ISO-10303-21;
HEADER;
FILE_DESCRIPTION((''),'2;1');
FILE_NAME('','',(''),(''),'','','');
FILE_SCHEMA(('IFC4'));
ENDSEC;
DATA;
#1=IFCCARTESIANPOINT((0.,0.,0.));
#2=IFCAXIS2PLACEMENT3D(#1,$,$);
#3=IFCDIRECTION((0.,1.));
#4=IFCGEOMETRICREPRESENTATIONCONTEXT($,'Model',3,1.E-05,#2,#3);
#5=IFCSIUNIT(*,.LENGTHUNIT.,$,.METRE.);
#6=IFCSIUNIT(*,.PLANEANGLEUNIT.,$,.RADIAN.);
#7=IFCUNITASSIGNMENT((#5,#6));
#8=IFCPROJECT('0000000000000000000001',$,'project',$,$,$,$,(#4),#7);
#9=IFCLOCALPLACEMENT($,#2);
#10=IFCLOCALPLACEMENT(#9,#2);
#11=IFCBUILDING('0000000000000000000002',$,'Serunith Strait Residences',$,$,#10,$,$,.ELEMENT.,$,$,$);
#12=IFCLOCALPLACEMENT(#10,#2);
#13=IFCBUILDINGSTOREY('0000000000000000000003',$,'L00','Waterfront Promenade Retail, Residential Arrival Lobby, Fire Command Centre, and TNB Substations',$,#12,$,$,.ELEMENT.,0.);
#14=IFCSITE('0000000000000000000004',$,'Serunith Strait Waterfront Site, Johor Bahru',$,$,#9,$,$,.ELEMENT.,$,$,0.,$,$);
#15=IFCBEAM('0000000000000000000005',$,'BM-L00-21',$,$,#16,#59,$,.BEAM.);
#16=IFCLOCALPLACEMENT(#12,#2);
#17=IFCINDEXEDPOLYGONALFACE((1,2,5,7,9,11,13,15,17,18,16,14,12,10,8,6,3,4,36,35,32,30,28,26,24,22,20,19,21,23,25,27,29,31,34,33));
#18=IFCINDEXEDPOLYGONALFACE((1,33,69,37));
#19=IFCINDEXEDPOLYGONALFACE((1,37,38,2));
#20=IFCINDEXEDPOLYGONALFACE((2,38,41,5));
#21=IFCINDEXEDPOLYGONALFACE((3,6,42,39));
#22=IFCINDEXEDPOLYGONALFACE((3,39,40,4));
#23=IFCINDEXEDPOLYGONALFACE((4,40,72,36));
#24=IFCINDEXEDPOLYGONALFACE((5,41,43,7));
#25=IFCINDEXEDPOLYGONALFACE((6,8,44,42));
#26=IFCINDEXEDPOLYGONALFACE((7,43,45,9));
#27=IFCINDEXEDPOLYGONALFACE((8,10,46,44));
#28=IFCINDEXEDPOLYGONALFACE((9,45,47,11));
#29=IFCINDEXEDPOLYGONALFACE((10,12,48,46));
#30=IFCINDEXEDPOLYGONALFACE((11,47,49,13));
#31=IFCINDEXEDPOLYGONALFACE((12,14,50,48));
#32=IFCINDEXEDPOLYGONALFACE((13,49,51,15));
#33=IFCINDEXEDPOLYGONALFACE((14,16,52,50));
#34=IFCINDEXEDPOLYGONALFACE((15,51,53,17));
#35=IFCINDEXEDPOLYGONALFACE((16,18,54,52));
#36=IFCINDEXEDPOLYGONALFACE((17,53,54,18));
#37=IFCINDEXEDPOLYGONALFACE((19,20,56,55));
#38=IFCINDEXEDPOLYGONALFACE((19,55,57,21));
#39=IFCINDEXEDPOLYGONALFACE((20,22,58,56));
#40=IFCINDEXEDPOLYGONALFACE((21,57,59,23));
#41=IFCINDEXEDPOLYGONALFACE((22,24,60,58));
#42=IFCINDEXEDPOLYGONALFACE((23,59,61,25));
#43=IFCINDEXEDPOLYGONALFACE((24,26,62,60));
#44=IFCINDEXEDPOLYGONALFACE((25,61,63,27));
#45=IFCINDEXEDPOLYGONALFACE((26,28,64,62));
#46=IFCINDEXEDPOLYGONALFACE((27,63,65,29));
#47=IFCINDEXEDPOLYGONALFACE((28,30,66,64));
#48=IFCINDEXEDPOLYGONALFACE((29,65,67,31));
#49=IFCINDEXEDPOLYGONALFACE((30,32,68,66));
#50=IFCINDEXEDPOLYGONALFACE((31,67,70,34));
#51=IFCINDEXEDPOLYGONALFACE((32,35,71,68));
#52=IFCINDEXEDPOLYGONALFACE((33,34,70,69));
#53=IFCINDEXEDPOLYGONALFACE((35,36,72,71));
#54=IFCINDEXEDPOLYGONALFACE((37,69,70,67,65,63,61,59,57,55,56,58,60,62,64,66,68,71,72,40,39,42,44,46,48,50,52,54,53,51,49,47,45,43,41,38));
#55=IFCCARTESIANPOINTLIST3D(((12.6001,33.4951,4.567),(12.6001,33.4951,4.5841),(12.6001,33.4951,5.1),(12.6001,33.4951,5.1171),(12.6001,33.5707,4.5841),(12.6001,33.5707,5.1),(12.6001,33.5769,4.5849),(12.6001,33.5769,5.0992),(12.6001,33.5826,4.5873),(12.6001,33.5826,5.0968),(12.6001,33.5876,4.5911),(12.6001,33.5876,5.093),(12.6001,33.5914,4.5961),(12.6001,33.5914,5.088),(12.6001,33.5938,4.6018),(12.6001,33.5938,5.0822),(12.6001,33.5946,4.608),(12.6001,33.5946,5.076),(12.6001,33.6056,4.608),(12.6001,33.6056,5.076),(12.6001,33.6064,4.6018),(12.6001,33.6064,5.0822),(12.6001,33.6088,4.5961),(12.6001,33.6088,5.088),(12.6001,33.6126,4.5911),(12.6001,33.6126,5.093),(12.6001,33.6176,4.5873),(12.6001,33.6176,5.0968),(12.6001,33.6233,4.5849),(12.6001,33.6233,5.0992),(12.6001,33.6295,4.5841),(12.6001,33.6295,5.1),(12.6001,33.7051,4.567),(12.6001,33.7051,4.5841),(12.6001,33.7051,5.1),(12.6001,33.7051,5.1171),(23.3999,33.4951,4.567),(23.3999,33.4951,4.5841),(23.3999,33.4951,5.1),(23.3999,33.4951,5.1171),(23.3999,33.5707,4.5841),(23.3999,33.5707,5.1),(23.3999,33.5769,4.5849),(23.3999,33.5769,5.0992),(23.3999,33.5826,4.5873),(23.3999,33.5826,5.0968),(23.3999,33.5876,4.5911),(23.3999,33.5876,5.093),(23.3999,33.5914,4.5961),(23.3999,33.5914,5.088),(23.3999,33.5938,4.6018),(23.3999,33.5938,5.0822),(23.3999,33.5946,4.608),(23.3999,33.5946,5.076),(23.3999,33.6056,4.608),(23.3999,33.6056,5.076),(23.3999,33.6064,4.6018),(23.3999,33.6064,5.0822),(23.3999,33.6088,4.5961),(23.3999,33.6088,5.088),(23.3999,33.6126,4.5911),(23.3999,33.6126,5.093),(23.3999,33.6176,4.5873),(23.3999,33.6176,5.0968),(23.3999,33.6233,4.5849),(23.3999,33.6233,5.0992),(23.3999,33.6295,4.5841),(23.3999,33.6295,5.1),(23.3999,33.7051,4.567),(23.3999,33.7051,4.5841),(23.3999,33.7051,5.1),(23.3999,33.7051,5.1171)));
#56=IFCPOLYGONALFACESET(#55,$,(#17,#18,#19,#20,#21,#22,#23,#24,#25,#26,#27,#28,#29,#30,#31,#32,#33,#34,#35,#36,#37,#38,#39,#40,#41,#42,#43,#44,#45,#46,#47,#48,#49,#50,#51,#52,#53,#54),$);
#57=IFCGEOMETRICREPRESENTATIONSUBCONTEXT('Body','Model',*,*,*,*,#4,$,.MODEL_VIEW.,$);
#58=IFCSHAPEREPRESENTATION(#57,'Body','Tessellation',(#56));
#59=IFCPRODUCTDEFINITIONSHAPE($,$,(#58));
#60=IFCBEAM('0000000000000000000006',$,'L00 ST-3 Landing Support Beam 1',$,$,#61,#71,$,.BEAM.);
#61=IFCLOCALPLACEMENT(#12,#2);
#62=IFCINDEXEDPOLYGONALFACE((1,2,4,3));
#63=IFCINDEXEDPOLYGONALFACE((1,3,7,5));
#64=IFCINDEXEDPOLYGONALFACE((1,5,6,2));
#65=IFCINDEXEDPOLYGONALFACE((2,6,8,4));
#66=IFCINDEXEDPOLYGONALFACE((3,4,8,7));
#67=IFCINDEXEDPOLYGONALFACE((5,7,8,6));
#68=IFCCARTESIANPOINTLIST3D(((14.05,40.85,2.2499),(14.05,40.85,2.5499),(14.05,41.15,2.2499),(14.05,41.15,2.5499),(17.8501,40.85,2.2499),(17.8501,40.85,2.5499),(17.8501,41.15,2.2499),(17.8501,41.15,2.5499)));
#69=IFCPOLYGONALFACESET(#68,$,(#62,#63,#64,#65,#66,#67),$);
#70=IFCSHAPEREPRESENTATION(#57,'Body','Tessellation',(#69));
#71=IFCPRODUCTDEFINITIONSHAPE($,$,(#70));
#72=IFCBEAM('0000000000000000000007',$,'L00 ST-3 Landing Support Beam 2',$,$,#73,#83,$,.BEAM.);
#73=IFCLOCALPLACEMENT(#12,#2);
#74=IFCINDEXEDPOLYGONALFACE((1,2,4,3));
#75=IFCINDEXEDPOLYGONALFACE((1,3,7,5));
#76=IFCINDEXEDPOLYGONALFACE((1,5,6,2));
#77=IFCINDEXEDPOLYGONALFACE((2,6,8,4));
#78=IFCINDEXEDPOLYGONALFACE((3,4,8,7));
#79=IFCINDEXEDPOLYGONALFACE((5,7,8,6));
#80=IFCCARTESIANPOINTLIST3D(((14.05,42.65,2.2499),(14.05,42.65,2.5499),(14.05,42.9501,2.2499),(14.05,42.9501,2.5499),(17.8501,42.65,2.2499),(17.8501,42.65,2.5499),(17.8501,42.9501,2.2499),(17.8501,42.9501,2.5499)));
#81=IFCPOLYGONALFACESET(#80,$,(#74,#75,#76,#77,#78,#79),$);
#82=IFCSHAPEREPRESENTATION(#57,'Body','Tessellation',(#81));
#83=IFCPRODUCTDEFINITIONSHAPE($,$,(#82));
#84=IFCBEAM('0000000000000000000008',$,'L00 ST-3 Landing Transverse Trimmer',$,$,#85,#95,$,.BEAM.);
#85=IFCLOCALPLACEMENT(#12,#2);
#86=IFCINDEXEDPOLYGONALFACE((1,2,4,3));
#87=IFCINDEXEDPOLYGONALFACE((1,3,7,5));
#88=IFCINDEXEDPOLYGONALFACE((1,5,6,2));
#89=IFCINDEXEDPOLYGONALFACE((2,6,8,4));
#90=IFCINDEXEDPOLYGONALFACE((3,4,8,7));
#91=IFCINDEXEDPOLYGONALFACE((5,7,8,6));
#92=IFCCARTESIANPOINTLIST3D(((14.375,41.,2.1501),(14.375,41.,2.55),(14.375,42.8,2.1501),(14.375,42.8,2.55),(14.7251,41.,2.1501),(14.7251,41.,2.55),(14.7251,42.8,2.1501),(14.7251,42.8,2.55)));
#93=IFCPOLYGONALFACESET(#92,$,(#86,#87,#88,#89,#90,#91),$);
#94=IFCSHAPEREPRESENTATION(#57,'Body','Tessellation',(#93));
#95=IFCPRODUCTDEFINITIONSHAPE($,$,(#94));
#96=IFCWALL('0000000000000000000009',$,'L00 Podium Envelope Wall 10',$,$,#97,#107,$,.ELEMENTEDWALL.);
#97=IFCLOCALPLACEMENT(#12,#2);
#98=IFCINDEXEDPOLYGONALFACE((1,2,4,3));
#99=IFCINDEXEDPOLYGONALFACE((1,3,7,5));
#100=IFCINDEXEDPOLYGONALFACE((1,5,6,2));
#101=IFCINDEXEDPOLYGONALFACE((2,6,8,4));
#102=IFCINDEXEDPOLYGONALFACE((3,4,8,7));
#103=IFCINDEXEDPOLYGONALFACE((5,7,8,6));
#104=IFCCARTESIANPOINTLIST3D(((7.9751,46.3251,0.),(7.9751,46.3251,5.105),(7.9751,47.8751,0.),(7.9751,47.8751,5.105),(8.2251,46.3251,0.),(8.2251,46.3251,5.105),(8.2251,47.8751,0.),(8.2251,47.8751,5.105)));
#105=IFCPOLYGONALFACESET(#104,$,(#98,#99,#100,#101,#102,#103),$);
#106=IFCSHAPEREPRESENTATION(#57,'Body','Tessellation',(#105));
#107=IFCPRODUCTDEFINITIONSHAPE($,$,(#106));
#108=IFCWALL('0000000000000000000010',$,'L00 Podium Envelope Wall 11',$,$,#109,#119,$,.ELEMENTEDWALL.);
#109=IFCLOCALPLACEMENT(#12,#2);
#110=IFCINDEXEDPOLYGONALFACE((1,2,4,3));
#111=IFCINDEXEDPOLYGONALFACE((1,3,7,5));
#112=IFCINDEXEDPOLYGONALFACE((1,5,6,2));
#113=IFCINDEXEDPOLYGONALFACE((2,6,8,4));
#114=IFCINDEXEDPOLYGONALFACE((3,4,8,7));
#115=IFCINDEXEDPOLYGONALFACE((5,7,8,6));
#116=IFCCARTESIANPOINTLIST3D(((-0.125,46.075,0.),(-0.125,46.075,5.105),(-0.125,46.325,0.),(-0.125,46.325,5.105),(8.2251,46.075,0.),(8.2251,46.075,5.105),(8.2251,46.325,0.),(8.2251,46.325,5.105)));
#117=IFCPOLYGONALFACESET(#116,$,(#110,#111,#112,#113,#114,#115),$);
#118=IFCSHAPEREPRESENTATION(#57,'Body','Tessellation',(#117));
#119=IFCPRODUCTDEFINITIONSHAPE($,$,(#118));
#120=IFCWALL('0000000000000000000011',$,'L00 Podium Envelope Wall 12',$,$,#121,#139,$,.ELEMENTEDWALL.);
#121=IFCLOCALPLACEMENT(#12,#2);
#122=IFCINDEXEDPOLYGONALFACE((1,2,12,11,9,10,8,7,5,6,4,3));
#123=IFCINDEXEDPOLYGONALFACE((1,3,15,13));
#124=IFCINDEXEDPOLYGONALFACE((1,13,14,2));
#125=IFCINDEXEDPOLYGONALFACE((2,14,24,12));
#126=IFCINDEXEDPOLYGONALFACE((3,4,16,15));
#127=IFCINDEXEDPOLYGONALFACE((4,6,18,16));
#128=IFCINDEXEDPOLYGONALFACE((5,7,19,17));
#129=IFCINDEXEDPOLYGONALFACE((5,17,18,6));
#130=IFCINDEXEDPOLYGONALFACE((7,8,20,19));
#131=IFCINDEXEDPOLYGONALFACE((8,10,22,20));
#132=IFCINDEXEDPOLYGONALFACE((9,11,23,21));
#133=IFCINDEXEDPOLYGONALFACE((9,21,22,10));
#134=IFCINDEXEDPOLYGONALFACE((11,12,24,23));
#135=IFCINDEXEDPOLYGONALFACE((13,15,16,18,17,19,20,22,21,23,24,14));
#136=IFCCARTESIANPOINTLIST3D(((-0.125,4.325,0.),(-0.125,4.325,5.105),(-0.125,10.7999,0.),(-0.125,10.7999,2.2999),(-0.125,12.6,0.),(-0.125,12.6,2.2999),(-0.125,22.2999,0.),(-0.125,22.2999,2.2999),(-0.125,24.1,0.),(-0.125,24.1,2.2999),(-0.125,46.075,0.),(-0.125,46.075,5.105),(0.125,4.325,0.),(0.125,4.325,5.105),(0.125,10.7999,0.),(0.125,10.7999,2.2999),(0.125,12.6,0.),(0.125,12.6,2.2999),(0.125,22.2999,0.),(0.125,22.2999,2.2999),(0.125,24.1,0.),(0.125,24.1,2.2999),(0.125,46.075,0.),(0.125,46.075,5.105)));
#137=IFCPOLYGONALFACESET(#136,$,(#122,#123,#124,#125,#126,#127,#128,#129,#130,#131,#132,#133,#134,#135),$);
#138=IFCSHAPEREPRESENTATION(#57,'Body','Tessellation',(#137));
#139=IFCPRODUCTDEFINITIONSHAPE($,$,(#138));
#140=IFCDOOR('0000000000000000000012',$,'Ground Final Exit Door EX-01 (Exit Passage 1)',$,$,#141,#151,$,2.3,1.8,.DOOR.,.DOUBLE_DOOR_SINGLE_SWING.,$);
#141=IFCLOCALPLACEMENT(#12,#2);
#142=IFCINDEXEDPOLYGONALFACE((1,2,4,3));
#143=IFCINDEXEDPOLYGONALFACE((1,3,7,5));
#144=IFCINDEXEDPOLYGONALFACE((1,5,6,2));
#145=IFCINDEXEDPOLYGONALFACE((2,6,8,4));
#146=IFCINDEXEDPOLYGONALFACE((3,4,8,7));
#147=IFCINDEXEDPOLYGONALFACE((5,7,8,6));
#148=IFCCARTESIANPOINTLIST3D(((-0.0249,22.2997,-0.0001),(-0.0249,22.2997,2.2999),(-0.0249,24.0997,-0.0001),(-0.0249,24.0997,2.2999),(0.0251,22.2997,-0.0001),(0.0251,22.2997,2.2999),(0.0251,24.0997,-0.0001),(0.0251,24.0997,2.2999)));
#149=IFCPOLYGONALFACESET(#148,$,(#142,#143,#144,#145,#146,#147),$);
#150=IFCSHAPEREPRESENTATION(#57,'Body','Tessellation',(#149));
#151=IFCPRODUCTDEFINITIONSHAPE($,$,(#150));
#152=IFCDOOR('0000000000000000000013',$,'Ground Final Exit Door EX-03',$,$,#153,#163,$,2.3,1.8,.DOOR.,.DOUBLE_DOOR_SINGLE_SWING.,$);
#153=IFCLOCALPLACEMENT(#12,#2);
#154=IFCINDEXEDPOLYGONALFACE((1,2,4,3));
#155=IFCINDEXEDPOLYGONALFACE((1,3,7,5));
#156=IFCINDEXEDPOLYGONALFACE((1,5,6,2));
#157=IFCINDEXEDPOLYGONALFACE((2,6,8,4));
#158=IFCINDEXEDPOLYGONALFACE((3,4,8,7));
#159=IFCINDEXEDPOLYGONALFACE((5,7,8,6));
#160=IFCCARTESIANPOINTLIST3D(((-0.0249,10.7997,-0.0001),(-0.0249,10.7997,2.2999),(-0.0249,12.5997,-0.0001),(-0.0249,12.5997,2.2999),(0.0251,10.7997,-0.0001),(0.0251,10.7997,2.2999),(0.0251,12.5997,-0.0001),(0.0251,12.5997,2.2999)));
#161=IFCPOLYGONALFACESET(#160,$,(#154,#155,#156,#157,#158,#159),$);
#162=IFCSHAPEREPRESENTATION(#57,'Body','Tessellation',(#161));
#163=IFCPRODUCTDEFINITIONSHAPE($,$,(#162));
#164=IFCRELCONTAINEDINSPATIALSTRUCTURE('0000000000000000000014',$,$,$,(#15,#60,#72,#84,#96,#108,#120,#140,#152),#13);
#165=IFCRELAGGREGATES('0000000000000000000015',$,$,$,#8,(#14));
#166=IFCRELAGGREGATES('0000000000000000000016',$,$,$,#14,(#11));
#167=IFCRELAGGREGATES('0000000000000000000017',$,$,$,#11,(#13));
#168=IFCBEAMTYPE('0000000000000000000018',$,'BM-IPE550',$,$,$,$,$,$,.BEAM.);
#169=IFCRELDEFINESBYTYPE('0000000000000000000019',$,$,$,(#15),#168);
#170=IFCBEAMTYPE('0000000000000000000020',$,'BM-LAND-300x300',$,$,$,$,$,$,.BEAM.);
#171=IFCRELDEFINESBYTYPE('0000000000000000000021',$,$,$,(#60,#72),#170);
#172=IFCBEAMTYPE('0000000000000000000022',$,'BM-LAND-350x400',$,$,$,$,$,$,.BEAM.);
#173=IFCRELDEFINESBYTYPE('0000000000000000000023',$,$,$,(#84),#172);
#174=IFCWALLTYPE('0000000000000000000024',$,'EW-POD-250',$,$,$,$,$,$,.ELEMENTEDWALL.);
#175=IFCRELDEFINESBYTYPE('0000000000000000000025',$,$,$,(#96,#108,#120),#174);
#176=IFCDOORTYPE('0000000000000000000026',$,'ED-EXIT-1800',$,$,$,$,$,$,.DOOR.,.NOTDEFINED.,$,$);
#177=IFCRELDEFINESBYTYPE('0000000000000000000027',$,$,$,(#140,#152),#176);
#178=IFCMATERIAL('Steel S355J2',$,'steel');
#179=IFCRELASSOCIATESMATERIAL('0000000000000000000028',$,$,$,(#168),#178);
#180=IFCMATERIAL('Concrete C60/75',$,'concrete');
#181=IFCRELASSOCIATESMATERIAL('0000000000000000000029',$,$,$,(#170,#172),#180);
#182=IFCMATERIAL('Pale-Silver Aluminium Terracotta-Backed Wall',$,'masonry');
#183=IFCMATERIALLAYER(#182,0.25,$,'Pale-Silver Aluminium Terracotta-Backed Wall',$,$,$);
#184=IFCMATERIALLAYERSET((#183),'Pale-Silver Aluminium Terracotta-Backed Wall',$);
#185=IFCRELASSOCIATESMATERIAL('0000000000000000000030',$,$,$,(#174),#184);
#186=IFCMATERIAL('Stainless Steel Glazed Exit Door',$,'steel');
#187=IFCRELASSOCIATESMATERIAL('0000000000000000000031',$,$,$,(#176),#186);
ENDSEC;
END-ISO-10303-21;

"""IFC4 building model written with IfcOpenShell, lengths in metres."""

from ifc_helpers import new_model, si_unit, direction, frame, frame_2d, origin, origin_2d, place, context, subcontext, project, spatial, rectangle, i_section, extrude, source, transform, mapped, material, layer, layer_set, material_profile, profile_set, type_object, element, fill, save


model = new_model("IFC4")

# Units and contexts
model_context = context("Model", 3, precision=1e-05, world=origin(), true_north=direction((0.0, 1.0)))
body_context = subcontext(model_context, "Body", "Model", "MODEL_VIEW")
ifc_project = project(units=[si_unit("LENGTHUNIT", "METRE"), si_unit("PLANEANGLEUNIT", "RADIAN")], contexts=[model_context])

# Site, building, storey
site_placement = place(None, origin())
site = spatial("IfcSite", under=ifc_project, at=site_placement, Name="Serunith Strait Waterfront Site, Johor Bahru", CompositionType="ELEMENT", RefElevation=0.0)
building_placement = place(site_placement, origin())
building = spatial("IfcBuilding", under=site, at=building_placement, Name="Serunith Strait Residences", CompositionType="ELEMENT")
storey_placement = place(building_placement, origin())
storey = spatial("IfcBuildingStorey", under=building, at=storey_placement, Name="L00", Description="Waterfront Promenade Retail, Residential Arrival Lobby, Fire Command Centre, and TNB Substations", CompositionType="ELEMENT", Elevation=0.0)

# Beams
ifc_material_1 = material(Name="Steel S355J2", Category="steel")
ifc_material_profile_1 = material_profile(ifc_material_1, i_section(OverallWidth=0.21, OverallDepth=0.55, WebThickness=0.011, FlangeThickness=0.0171, FilletRadius=0.0239, at=origin_2d()), Name="IPE 550")
ifc_profile_set_1 = profile_set([ifc_material_profile_1], Name="Steel S355J2")
beam_type_1 = type_object("IfcBeamType", Name="BM-IPE550", PredefinedType="BEAM", material=ifc_profile_set_1)
shared_shape_1 = source(origin(), body_context, "Body", "SweptSolid", [
    extrude(i_section(OverallWidth=0.21, OverallDepth=0.55, WebThickness=0.011, FlangeThickness=0.0171, FilletRadius=0.0239, at=origin_2d()), origin(), (0.0, 0.0, 1.0), 10.7998),
])
beam_1_placement = place(storey_placement, frame((12.6001, 33.6001, 4.842), z_axis=(1.0, 0.0, 0.0), x_axis=(0.0, 1.0, 0.0)))
element("IfcBeam", 1, at=beam_1_placement, inside=storey, type_object=beam_type_1, Name="BM-L00-21", PredefinedType="BEAM", context=body_context, shape_type="MappedRepresentation", body=[
    mapped(shared_shape_1, transform((0.0, 0.0, 0.0), scale=1.0)),
])
ifc_material_2 = material(Name="Concrete C60/75", Category="concrete")
ifc_material_profile_2 = material_profile(ifc_material_2, rectangle(XDim=0.3, YDim=0.3, at=origin_2d()), Name="RC 300x300")
ifc_profile_set_2 = profile_set([ifc_material_profile_2], Name="Concrete C60/75")
beam_type_2 = type_object("IfcBeamType", Name="BM-LAND-300x300", PredefinedType="BEAM", material=ifc_profile_set_2)
shared_shape_2 = source(origin(), body_context, "Body", "SweptSolid", [
    extrude(rectangle(XDim=0.3, YDim=0.3, at=origin_2d()), origin(), (0.0, 0.0, 1.0), 3.8),
])
for number, where, z_axis, x_axis, name in (
    (2, (14.05, 41.0, 2.3999), (1.0, 0.0, 0.0), (0.0, 1.0, 0.0), "L00 ST-3 Landing Support Beam 1"),
    (3, (14.05, 42.8, 2.3999), (1.0, 0.0, 0.0), (0.0, 1.0, 0.0), "L00 ST-3 Landing Support Beam 2"),
):
    element("IfcBeam", number, at=place(storey_placement, frame(where, z_axis=z_axis, x_axis=x_axis)), inside=storey, type_object=beam_type_2, Name=name, PredefinedType="BEAM", context=body_context, shape_type="MappedRepresentation", body=[
        mapped(shared_shape_2, transform((0.0, 0.0, 0.0), scale=1.0)),
    ])
ifc_material_profile_3 = material_profile(ifc_material_2, rectangle(XDim=0.3501, YDim=0.3999, at=origin_2d()), Name="RC 350x400")
ifc_profile_set_3 = profile_set([ifc_material_profile_3], Name="Concrete C60/75")
beam_type_3 = type_object("IfcBeamType", Name="BM-LAND-350x400", PredefinedType="BEAM", material=ifc_profile_set_3)
shared_shape_3 = source(origin(), body_context, "Body", "SweptSolid", [
    extrude(rectangle(XDim=0.3501, YDim=0.3999, at=origin_2d()), origin(), (0.0, 0.0, 1.0), 1.8),
])
beam_2_placement = place(storey_placement, frame((14.55, 41.0, 2.3501), z_axis=(0.0, 1.0, 0.0), x_axis=(-1.0, 0.0, 0.0)))
element("IfcBeam", 4, at=beam_2_placement, inside=storey, type_object=beam_type_3, Name="L00 ST-3 Landing Transverse Trimmer", PredefinedType="BEAM", context=body_context, shape_type="MappedRepresentation", body=[
    mapped(shared_shape_3, transform((0.0, 0.0, 0.0), scale=1.0)),
])

# Walls
ifc_material_3 = material(Name="Pale-Silver Aluminium Terracotta-Backed Wall", Category="masonry")
ifc_layer_1 = layer(ifc_material_3, 0.25, Name="Pale-Silver Aluminium Terracotta-Backed Wall")
ifc_layer_set_1 = layer_set([ifc_layer_1], Name="Pale-Silver Aluminium Terracotta-Backed Wall")
wall_type_1 = type_object("IfcWallType", Name="EW-POD-250", PredefinedType="ELEMENTEDWALL", material=ifc_layer_set_1)
wall_1_placement = place(storey_placement, frame((8.1001, 47.875, 0.0), z_axis=(0.0, 0.0, 1.0), x_axis=(0.0, -1.0, 0.0)))
element("IfcWall", 5, at=wall_1_placement, inside=storey, type_object=wall_type_1, Name="L00 Podium Envelope Wall 10", PredefinedType="ELEMENTEDWALL", context=body_context, shape_type="SweptSolid", body=[
    extrude(rectangle(XDim=1.55, YDim=0.25, at=frame_2d((0.7749, 0.0))), origin(), (0.0, 0.0, 1.0), 5.105),
])
wall_2_placement = place(storey_placement, frame((8.2251, 46.2, 0.0), z_axis=(0.0, 0.0, 1.0), x_axis=(-1.0, 0.0, 0.0)))
element("IfcWall", 6, at=wall_2_placement, inside=storey, type_object=wall_type_1, Name="L00 Podium Envelope Wall 11", PredefinedType="ELEMENTEDWALL", context=body_context, shape_type="SweptSolid", body=[
    extrude(rectangle(XDim=8.3501, YDim=0.25, at=frame_2d((4.175, 0.0))), origin(), (0.0, 0.0, 1.0), 5.105),
])

# Wall, openings, doors
wall_3_placement = place(storey_placement, frame((0.0, 46.075, 0.0), z_axis=(0.0, 0.0, 1.0), x_axis=(0.0, -1.0, 0.0)))
wall_3 = element("IfcWall", 7, at=wall_3_placement, inside=storey, type_object=wall_type_1, Name="L00 Podium Envelope Wall 12", PredefinedType="ELEMENTEDWALL", context=body_context, shape_type="SweptSolid", body=[
    extrude(rectangle(XDim=41.75, YDim=0.25, at=frame_2d((20.875, 0.0))), origin(), (0.0, 0.0, 1.0), 5.105),
])
opening_1_placement = place(wall_3_placement, frame((21.9751, 0.0, 0.0)))
opening_1 = element("IfcOpeningElement", 8, at=opening_1_placement, cuts=wall_3, PredefinedType="OPENING", context=body_context, shape_type="SweptSolid", body=[
    extrude(rectangle(XDim=1.8, YDim=2.3, at=frame_2d((0.8999, 1.1499))), frame((0.0, 0.135, 0.0), z_axis=(0.0, -1.0, 0.0), x_axis=(1.0, 0.0, 0.0)), (0.0, 0.0, 1.0), 0.27),
])
opening_2_placement = place(wall_3_placement, frame((33.4751, 0.0, 0.0)))
opening_2 = element("IfcOpeningElement", 9, at=opening_2_placement, cuts=wall_3, PredefinedType="OPENING", context=body_context, shape_type="SweptSolid", body=[
    extrude(rectangle(XDim=1.8, YDim=2.3, at=frame_2d((0.8999, 1.1499))), frame((0.0, 0.135, 0.0), z_axis=(0.0, -1.0, 0.0), x_axis=(1.0, 0.0, 0.0)), (0.0, 0.0, 1.0), 0.27),
])
ifc_material_4 = material(Name="Stainless Steel Glazed Exit Door", Category="steel")
door_type_1 = type_object("IfcDoorType", Name="ED-EXIT-1800", OperationType="NOTDEFINED", PredefinedType="DOOR", material=ifc_material_4)
shared_shape_4 = source(origin(), body_context, "Body", "SweptSolid", [
    extrude(rectangle(XDim=1.8, YDim=2.3, at=frame_2d((0.8999, 1.1499))), frame((0.0, 0.0249, 0.0), z_axis=(0.0, -1.0, 0.0), x_axis=(1.0, 0.0, 0.0)), (0.0, 0.0, 1.0), 0.05),
])
door_1_placement = place(opening_1_placement, frame((1.8, 0.0, 0.0), z_axis=(0.0, 0.0, 1.0), x_axis=(-1.0, 0.0, 0.0)))
door_1 = element("IfcDoor", 10, at=door_1_placement, inside=storey, type_object=door_type_1, Name="Ground Final Exit Door EX-01 (Exit Passage 1)", OperationType="DOUBLE_DOOR_SINGLE_SWING", OverallHeight=2.3, OverallWidth=1.8, PredefinedType="DOOR", context=body_context, shape_type="MappedRepresentation", body=[
    mapped(shared_shape_4, transform((0.0, 0.0, 0.0), scale=1.0)),
])
fill(opening_1, door_1)
door_2_placement = place(opening_2_placement, frame((1.8, 0.0, 0.0), z_axis=(0.0, 0.0, 1.0), x_axis=(-1.0, 0.0, 0.0)))
door_2 = element("IfcDoor", 11, at=door_2_placement, inside=storey, type_object=door_type_1, Name="Ground Final Exit Door EX-03", OperationType="DOUBLE_DOOR_SINGLE_SWING", OverallHeight=2.3, OverallWidth=1.8, PredefinedType="DOOR", context=body_context, shape_type="MappedRepresentation", body=[
    mapped(shared_shape_4, transform((0.0, 0.0, 0.0), scale=1.0)),
])
fill(opening_2, door_2)

save(model, "model.ifc")
